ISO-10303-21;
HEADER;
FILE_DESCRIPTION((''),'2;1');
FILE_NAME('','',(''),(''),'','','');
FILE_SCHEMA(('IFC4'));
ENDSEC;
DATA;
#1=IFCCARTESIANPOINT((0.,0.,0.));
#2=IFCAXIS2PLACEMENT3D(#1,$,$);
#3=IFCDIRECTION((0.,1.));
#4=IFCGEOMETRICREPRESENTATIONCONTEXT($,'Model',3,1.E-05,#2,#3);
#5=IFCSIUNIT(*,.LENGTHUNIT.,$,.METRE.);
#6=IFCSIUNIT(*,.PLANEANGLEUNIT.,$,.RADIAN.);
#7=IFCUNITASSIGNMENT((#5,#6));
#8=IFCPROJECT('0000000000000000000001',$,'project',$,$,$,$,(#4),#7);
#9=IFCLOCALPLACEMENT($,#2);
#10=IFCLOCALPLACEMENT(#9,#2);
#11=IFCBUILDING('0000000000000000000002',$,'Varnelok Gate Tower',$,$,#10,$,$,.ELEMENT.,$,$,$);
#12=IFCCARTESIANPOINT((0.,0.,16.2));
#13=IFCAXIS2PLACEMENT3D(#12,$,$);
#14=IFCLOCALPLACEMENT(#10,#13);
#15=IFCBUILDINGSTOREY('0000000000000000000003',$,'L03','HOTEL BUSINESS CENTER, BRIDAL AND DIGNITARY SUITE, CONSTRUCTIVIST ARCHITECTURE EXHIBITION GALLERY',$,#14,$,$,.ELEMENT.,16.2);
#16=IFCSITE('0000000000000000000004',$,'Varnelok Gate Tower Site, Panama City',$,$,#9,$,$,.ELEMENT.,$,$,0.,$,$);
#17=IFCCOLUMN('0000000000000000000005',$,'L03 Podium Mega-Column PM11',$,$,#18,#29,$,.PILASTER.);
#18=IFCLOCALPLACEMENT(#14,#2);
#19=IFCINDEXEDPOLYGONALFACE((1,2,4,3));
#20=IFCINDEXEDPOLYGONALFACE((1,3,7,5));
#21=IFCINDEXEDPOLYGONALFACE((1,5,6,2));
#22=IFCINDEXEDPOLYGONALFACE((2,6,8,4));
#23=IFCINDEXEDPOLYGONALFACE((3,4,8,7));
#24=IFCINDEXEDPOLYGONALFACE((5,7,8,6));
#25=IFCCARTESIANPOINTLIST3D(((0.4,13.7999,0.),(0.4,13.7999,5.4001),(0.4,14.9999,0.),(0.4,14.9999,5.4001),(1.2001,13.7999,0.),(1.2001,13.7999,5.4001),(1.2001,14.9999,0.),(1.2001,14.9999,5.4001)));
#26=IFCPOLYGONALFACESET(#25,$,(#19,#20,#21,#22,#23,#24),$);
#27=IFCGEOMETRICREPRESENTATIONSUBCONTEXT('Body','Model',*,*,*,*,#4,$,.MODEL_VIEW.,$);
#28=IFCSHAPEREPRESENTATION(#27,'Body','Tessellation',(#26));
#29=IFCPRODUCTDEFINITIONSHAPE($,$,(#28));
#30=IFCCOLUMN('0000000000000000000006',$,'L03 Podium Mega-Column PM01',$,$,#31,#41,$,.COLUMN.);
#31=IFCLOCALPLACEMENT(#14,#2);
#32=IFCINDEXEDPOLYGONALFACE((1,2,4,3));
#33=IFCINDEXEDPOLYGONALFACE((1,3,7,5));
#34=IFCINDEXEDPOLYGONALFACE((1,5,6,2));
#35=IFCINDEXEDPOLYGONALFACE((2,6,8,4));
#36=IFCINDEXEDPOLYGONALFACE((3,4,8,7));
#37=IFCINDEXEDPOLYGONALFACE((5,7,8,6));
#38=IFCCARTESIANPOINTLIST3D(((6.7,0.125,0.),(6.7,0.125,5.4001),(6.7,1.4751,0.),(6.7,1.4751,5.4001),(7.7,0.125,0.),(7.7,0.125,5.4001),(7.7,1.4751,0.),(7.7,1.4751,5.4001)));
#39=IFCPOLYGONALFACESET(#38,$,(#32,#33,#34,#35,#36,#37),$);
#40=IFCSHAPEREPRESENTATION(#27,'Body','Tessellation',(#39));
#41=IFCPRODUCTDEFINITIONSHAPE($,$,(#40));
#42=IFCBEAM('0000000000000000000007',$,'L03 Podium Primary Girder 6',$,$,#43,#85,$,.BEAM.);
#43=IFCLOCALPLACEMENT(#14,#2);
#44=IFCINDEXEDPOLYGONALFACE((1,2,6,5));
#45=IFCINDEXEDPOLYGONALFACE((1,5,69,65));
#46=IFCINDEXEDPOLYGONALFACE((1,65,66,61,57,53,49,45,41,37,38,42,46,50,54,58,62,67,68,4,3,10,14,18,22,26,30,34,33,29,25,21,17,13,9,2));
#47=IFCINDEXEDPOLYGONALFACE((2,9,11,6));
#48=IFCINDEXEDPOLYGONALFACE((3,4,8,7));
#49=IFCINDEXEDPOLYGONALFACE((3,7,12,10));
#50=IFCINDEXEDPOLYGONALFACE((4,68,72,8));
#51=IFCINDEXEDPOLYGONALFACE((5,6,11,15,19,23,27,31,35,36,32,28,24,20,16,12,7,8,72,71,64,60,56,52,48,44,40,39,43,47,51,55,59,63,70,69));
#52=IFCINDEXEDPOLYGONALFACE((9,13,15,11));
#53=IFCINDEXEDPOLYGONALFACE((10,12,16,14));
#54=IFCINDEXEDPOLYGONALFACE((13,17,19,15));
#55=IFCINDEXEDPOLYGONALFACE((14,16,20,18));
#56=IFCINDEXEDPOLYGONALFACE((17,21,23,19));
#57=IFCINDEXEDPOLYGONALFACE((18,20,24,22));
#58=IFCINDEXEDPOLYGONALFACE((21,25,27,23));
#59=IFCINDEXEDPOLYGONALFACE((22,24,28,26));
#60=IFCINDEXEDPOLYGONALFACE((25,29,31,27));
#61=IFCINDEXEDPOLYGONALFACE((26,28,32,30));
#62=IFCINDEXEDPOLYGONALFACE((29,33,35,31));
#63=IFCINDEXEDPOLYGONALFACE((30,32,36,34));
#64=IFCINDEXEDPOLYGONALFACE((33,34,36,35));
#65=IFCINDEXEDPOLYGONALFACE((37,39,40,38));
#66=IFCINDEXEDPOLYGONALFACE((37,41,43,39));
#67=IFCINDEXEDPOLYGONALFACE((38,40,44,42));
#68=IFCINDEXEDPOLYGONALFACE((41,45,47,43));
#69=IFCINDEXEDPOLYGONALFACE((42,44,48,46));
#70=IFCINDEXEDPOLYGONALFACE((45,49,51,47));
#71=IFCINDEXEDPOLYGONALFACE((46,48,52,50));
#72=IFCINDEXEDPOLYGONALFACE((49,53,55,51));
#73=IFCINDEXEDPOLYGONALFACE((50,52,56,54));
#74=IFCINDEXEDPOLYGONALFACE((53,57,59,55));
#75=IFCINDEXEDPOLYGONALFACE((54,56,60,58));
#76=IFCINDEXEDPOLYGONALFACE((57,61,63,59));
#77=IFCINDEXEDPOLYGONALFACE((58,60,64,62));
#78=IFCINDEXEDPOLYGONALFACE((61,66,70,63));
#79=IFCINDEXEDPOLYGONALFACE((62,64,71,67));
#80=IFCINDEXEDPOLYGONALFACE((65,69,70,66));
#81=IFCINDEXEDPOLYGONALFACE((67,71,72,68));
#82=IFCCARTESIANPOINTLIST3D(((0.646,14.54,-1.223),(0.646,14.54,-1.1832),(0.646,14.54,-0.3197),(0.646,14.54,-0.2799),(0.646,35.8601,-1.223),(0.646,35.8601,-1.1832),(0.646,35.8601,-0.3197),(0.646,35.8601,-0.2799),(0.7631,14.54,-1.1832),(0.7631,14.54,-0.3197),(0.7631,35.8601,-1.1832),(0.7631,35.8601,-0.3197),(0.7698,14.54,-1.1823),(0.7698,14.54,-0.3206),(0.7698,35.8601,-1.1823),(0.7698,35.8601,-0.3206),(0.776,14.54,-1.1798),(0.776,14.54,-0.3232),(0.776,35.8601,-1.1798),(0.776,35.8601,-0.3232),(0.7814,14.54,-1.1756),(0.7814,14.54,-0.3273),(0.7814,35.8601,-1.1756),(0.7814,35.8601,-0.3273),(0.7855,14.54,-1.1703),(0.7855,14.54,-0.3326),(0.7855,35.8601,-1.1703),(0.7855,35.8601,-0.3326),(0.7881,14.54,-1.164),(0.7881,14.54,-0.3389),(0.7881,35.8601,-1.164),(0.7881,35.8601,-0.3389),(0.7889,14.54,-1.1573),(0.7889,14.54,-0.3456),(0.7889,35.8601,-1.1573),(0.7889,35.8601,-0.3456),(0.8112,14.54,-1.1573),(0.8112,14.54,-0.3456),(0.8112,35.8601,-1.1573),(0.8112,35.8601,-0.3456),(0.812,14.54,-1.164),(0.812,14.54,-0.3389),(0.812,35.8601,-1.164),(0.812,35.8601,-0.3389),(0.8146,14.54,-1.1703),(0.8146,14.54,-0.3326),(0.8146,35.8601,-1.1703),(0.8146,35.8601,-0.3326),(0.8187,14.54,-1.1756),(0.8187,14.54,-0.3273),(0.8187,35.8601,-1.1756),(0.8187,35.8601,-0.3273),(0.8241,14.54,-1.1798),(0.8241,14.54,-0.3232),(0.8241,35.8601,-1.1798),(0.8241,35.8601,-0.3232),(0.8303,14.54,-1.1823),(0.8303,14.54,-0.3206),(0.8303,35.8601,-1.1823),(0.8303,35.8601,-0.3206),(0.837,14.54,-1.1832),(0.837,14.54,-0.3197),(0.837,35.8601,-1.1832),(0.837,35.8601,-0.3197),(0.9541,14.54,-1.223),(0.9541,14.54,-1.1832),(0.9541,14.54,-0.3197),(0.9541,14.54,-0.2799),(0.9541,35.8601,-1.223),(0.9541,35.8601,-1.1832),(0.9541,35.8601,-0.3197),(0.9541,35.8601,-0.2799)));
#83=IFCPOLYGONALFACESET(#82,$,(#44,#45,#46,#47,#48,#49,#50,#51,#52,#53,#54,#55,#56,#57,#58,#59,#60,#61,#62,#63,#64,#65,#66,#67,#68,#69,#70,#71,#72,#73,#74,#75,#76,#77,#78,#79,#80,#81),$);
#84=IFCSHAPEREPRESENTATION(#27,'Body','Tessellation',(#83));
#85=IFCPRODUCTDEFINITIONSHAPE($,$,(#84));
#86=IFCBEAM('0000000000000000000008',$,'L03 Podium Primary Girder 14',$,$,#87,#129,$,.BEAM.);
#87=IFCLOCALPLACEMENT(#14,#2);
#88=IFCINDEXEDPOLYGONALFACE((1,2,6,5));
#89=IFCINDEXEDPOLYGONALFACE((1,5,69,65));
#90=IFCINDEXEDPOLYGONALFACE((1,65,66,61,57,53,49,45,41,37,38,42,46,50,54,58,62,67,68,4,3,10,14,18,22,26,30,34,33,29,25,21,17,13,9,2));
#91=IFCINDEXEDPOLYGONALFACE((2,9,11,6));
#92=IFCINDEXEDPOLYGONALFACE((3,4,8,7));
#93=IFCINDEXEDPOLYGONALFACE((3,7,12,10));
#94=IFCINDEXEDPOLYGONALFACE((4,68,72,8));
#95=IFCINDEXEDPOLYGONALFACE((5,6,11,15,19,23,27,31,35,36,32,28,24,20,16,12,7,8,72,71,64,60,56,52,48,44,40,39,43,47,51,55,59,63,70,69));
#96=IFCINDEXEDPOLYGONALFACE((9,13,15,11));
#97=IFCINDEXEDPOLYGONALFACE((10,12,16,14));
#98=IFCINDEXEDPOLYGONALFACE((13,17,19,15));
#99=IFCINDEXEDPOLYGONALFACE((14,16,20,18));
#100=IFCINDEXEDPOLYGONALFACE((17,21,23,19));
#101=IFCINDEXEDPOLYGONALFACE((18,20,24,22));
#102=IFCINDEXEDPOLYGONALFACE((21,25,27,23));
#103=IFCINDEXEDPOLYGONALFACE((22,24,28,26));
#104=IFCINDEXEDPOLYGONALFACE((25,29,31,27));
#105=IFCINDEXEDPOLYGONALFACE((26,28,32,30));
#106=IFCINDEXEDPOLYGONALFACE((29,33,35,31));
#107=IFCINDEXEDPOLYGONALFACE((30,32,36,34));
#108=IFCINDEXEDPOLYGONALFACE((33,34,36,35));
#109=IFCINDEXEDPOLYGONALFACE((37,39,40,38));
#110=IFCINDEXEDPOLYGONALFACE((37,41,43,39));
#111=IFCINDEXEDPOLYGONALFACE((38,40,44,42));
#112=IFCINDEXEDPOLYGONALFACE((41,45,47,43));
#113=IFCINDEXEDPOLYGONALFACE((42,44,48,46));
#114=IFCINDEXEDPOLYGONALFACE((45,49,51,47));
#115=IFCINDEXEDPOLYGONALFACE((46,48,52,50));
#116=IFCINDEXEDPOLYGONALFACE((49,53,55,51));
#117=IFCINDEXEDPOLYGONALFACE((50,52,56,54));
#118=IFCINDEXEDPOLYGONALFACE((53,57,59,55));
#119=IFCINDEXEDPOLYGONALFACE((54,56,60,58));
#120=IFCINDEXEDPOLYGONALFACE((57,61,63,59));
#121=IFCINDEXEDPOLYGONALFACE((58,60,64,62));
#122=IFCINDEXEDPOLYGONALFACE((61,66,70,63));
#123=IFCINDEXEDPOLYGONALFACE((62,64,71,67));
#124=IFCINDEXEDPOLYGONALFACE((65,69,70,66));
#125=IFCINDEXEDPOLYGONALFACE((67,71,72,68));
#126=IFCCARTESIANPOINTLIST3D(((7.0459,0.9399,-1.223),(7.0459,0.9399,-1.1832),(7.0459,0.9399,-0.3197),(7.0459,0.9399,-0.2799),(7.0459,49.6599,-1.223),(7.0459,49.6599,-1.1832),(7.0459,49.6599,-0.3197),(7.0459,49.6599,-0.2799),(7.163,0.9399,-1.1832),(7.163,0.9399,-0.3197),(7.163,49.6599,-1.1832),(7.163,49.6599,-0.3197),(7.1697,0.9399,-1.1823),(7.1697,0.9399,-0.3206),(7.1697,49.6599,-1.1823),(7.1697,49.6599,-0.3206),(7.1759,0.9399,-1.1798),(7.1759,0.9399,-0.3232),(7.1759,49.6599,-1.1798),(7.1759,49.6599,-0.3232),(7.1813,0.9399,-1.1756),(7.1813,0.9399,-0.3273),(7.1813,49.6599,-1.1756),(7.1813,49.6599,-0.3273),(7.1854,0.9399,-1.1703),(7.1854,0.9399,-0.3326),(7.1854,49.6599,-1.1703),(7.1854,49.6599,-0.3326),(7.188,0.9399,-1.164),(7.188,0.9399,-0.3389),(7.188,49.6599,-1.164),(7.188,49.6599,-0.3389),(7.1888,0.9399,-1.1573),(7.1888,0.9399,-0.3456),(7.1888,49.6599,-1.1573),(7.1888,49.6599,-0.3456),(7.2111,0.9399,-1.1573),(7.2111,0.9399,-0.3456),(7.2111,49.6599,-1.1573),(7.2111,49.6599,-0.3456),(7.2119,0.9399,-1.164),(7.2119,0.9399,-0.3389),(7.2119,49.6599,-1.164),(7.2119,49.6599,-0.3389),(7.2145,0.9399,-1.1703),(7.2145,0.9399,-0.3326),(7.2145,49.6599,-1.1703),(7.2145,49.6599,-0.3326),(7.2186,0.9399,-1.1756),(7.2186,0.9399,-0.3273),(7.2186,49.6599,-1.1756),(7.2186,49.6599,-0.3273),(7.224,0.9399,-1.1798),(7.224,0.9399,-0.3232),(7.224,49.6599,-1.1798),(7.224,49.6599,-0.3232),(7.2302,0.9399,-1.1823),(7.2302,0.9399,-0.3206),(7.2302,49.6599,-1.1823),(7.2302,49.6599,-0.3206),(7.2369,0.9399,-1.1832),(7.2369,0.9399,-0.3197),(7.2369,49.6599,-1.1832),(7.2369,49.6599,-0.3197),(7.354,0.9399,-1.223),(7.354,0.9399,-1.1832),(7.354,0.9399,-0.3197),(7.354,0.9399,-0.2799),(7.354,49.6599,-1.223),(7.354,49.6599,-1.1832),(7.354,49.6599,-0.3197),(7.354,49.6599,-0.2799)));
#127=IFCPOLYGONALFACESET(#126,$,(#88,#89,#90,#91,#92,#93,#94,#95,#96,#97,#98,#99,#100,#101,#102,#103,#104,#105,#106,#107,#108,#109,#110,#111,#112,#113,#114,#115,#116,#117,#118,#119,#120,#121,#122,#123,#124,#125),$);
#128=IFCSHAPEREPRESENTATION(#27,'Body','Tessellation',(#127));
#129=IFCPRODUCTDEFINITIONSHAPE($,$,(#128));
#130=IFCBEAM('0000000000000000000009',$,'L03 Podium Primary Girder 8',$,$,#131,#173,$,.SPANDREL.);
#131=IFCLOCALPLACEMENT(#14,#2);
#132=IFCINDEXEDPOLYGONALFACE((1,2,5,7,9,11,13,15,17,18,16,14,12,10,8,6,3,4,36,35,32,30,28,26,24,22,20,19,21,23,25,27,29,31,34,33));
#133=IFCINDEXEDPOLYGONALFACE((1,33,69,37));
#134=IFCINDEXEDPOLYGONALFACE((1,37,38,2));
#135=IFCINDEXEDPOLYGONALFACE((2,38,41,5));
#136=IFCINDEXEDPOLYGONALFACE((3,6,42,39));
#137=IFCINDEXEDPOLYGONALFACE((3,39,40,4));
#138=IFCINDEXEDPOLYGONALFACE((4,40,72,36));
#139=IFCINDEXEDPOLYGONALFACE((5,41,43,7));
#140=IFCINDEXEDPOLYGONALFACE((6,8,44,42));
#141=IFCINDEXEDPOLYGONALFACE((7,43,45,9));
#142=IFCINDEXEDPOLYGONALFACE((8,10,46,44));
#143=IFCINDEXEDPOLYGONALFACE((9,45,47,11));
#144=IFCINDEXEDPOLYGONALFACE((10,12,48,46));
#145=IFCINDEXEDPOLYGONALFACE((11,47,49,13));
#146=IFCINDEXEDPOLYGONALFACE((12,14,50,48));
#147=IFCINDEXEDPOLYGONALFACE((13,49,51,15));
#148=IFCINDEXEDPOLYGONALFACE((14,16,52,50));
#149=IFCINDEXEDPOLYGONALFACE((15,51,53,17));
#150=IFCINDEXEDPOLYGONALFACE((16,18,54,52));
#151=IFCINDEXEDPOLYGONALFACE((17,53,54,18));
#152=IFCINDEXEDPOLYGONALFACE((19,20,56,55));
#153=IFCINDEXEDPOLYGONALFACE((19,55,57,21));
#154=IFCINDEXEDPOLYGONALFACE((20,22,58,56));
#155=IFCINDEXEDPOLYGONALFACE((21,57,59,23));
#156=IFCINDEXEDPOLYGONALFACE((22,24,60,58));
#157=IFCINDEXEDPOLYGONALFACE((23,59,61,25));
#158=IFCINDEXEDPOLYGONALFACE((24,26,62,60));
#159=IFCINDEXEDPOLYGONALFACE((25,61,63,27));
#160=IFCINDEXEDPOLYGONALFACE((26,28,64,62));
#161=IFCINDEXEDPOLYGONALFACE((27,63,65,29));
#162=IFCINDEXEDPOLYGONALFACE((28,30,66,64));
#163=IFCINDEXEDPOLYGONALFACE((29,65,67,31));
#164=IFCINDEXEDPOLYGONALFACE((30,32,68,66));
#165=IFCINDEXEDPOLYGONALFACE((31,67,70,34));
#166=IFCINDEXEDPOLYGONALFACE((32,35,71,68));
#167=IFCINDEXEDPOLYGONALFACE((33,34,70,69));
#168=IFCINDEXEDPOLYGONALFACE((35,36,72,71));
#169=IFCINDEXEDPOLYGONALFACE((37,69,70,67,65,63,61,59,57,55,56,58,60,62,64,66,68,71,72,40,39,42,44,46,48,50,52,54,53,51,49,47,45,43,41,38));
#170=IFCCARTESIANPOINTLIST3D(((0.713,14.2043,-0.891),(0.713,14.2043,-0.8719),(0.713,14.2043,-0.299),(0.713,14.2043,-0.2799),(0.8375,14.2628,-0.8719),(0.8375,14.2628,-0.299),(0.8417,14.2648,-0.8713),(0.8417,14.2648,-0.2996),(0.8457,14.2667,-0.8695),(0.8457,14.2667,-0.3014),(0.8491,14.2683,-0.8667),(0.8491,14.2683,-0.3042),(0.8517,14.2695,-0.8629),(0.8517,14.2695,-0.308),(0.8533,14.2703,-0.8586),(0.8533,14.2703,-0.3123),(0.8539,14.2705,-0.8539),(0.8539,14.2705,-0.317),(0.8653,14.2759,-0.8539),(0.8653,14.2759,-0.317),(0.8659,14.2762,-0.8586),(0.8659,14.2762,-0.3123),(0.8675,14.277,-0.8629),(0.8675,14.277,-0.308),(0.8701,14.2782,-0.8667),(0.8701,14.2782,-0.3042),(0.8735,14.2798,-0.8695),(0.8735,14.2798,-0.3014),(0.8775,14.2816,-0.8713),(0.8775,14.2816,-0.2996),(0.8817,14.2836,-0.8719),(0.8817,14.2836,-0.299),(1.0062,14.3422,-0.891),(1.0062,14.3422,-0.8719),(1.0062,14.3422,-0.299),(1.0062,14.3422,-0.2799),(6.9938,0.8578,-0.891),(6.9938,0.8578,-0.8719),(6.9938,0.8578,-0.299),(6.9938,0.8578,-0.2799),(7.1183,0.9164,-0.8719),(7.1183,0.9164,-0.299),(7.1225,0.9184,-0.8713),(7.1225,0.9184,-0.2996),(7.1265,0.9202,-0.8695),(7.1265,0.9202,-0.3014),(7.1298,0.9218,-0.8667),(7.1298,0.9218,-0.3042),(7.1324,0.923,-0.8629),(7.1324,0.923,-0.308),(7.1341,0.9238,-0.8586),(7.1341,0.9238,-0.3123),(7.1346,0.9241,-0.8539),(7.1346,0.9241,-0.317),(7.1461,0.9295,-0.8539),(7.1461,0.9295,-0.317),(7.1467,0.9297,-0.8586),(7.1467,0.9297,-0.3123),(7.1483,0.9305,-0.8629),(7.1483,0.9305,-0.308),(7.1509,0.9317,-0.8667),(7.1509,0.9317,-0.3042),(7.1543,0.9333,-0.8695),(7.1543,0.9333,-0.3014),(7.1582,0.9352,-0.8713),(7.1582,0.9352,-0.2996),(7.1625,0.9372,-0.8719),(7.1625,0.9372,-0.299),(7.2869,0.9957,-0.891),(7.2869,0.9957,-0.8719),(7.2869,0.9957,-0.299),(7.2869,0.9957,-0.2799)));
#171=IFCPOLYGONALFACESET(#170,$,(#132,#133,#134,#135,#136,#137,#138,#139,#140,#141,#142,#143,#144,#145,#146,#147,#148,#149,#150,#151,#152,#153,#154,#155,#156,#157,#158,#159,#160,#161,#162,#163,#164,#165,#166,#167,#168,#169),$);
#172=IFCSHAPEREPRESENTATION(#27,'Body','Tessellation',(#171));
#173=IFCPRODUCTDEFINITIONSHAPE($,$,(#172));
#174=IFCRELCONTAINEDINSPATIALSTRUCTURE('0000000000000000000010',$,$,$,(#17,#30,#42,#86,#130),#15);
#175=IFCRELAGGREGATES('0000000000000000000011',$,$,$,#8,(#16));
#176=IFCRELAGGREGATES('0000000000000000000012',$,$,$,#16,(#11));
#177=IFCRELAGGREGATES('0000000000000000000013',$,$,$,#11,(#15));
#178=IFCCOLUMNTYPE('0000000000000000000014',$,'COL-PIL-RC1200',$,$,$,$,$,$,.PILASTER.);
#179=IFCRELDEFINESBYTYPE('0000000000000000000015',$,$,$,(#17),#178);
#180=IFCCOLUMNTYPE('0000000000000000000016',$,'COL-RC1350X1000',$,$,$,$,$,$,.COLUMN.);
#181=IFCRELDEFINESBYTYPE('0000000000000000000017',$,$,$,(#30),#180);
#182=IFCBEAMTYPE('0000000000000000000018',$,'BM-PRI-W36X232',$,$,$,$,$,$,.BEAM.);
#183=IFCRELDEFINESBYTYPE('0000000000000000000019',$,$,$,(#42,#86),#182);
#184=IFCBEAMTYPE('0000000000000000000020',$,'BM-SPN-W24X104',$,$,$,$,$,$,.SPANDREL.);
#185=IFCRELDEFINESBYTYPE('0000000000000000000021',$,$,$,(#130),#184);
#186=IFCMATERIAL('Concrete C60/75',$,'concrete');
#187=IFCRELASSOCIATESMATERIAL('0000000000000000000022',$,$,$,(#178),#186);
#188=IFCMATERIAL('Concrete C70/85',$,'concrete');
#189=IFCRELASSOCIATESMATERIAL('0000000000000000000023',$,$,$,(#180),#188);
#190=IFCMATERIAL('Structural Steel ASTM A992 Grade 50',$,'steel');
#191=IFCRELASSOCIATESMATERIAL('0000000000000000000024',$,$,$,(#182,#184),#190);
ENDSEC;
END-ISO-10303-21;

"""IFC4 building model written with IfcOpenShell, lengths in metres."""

from ifc_helpers import new_model, si_unit, direction, frame, origin, origin_2d, place, context, subcontext, project, spatial, rectangle, i_section, extrude, material, material_profile, profile_set, type_object, element, save


model = new_model("IFC4")

# Units and contexts
model_context = context("Model", 3, precision=1e-05, world=origin(), true_north=direction((0.0, 1.0)))
body_context = subcontext(model_context, "Body", "Model", "MODEL_VIEW")
ifc_project = project(units=[si_unit("LENGTHUNIT", "METRE"), si_unit("PLANEANGLEUNIT", "RADIAN")], contexts=[model_context])

# Site, building, storey
site_placement = place(None, origin())
site = spatial("IfcSite", under=ifc_project, at=site_placement, Name="Varnelok Gate Tower Site, Panama City", CompositionType="ELEMENT", RefElevation=0.0)
building_placement = place(site_placement, origin())
building = spatial("IfcBuilding", under=site, at=building_placement, Name="Varnelok Gate Tower", CompositionType="ELEMENT")
storey_placement = place(building_placement, frame((0.0, 0.0, 16.2)))
storey = spatial("IfcBuildingStorey", under=building, at=storey_placement, Name="L03", Description="HOTEL BUSINESS CENTER, BRIDAL AND DIGNITARY SUITE, CONSTRUCTIVIST ARCHITECTURE EXHIBITION GALLERY", CompositionType="ELEMENT", Elevation=16.2)

# Columns
ifc_material_1 = material(Name="Concrete C60/75", Category="concrete")
ifc_material_profile_1 = material_profile(ifc_material_1, rectangle(XDim=0.8, YDim=1.2, at=origin_2d()), Name="RC1200X800")
ifc_profile_set_1 = profile_set([ifc_material_profile_1], Name="Concrete C60/75")
column_type_1 = type_object("IfcColumnType", Name="COL-PIL-RC1200", PredefinedType="PILASTER", material=ifc_profile_set_1)
column_1_placement = place(storey_placement, frame((0.8, 14.3999, 0.0), z_axis=(0.0, 0.0, 1.0), x_axis=(1.0, 0.0, 0.0)))
element("IfcColumn", 1, at=column_1_placement, inside=storey, type_object=column_type_1, Name="L03 Podium Mega-Column PM11", PredefinedType="PILASTER", context=body_context, shape_type="SweptSolid", body=[
    extrude(rectangle(XDim=0.8, YDim=1.2, at=origin_2d()), origin(), (0.0, 0.0, 1.0), 5.4001),
])
ifc_material_2 = material(Name="Concrete C70/85", Category="concrete")
ifc_material_profile_2 = material_profile(ifc_material_2, rectangle(XDim=1.0, YDim=1.3501, at=origin_2d()), Name="RC1350X1000")
ifc_profile_set_2 = profile_set([ifc_material_profile_2], Name="Concrete C70/85")
column_type_2 = type_object("IfcColumnType", Name="COL-RC1350X1000", PredefinedType="COLUMN", material=ifc_profile_set_2)
column_2_placement = place(storey_placement, frame((7.2, 0.8, 0.0), z_axis=(0.0, 0.0, 1.0), x_axis=(1.0, 0.0, 0.0)))
element("IfcColumn", 2, at=column_2_placement, inside=storey, type_object=column_type_2, Name="L03 Podium Mega-Column PM01", PredefinedType="COLUMN", context=body_context, shape_type="SweptSolid", body=[
    extrude(rectangle(XDim=1.0, YDim=1.3501, at=origin_2d()), origin(), (0.0, 0.0, 1.0), 5.4001),
])

# Beams
ifc_material_3 = material(Name="Structural Steel ASTM A992 Grade 50", Category="steel")
ifc_material_profile_3 = material_profile(ifc_material_3, i_section(OverallWidth=0.3081, OverallDepth=0.9431, WebThickness=0.0222, FlangeThickness=0.0398, FilletRadius=0.0259, at=origin_2d()), Name="W36X232")
ifc_profile_set_3 = profile_set([ifc_material_profile_3], Name="Structural Steel ASTM A992 Grade 50")
beam_type_1 = type_object("IfcBeamType", Name="BM-PRI-W36X232", PredefinedType="BEAM", material=ifc_profile_set_3)
beam_1_placement = place(storey_placement, frame((0.8, 14.54, -0.7515), z_axis=(0.0, 1.0, 0.0), x_axis=(-1.0, 0.0, 0.0)))
element("IfcBeam", 3, at=beam_1_placement, inside=storey, type_object=beam_type_1, Name="L03 Podium Primary Girder 6", PredefinedType="BEAM", context=body_context, shape_type="SweptSolid", body=[
    extrude(i_section(OverallWidth=0.3081, OverallDepth=0.9431, WebThickness=0.0222, FlangeThickness=0.0398, FilletRadius=0.0259, at=origin_2d()), origin(), (0.0, 0.0, 1.0), 21.3201),
])
beam_2_placement = place(storey_placement, frame((7.2, 0.9399, -0.7515), z_axis=(0.0, 1.0, 0.0), x_axis=(-1.0, 0.0, 0.0)))
element("IfcBeam", 4, at=beam_2_placement, inside=storey, type_object=beam_type_1, Name="L03 Podium Primary Girder 14", PredefinedType="BEAM", context=body_context, shape_type="SweptSolid", body=[
    extrude(i_section(OverallWidth=0.3081, OverallDepth=0.9431, WebThickness=0.0222, FlangeThickness=0.0398, FilletRadius=0.0259, at=origin_2d()), origin(), (0.0, 0.0, 1.0), 48.72),
])
ifc_material_profile_4 = material_profile(ifc_material_3, i_section(OverallWidth=0.324, OverallDepth=0.6111, WebThickness=0.0127, FlangeThickness=0.019, FilletRadius=0.0181, at=origin_2d()), Name="W24X104")
ifc_profile_set_4 = profile_set([ifc_material_profile_4], Name="Structural Steel ASTM A992 Grade 50")
beam_type_2 = type_object("IfcBeamType", Name="BM-SPN-W24X104", PredefinedType="SPANDREL", material=ifc_profile_set_4)
beam_3_placement = place(storey_placement, frame((7.1404, 0.9268, -0.5854), z_axis=(-0.425802, 0.904816, 0.0), x_axis=(-0.904816, -0.425802, 0.0)))
element("IfcBeam", 5, at=beam_3_placement, inside=storey, type_object=beam_type_2, Name="L03 Podium Primary Girder 8", PredefinedType="SPANDREL", context=body_context, shape_type="SweptSolid", body=[
    extrude(i_section(OverallWidth=0.324, OverallDepth=0.6111, WebThickness=0.0127, FlangeThickness=0.019, FilletRadius=0.0181, at=origin_2d()), origin(), (0.0, 0.0, 1.0), 14.7505),
])

save(model, "model.ifc")
